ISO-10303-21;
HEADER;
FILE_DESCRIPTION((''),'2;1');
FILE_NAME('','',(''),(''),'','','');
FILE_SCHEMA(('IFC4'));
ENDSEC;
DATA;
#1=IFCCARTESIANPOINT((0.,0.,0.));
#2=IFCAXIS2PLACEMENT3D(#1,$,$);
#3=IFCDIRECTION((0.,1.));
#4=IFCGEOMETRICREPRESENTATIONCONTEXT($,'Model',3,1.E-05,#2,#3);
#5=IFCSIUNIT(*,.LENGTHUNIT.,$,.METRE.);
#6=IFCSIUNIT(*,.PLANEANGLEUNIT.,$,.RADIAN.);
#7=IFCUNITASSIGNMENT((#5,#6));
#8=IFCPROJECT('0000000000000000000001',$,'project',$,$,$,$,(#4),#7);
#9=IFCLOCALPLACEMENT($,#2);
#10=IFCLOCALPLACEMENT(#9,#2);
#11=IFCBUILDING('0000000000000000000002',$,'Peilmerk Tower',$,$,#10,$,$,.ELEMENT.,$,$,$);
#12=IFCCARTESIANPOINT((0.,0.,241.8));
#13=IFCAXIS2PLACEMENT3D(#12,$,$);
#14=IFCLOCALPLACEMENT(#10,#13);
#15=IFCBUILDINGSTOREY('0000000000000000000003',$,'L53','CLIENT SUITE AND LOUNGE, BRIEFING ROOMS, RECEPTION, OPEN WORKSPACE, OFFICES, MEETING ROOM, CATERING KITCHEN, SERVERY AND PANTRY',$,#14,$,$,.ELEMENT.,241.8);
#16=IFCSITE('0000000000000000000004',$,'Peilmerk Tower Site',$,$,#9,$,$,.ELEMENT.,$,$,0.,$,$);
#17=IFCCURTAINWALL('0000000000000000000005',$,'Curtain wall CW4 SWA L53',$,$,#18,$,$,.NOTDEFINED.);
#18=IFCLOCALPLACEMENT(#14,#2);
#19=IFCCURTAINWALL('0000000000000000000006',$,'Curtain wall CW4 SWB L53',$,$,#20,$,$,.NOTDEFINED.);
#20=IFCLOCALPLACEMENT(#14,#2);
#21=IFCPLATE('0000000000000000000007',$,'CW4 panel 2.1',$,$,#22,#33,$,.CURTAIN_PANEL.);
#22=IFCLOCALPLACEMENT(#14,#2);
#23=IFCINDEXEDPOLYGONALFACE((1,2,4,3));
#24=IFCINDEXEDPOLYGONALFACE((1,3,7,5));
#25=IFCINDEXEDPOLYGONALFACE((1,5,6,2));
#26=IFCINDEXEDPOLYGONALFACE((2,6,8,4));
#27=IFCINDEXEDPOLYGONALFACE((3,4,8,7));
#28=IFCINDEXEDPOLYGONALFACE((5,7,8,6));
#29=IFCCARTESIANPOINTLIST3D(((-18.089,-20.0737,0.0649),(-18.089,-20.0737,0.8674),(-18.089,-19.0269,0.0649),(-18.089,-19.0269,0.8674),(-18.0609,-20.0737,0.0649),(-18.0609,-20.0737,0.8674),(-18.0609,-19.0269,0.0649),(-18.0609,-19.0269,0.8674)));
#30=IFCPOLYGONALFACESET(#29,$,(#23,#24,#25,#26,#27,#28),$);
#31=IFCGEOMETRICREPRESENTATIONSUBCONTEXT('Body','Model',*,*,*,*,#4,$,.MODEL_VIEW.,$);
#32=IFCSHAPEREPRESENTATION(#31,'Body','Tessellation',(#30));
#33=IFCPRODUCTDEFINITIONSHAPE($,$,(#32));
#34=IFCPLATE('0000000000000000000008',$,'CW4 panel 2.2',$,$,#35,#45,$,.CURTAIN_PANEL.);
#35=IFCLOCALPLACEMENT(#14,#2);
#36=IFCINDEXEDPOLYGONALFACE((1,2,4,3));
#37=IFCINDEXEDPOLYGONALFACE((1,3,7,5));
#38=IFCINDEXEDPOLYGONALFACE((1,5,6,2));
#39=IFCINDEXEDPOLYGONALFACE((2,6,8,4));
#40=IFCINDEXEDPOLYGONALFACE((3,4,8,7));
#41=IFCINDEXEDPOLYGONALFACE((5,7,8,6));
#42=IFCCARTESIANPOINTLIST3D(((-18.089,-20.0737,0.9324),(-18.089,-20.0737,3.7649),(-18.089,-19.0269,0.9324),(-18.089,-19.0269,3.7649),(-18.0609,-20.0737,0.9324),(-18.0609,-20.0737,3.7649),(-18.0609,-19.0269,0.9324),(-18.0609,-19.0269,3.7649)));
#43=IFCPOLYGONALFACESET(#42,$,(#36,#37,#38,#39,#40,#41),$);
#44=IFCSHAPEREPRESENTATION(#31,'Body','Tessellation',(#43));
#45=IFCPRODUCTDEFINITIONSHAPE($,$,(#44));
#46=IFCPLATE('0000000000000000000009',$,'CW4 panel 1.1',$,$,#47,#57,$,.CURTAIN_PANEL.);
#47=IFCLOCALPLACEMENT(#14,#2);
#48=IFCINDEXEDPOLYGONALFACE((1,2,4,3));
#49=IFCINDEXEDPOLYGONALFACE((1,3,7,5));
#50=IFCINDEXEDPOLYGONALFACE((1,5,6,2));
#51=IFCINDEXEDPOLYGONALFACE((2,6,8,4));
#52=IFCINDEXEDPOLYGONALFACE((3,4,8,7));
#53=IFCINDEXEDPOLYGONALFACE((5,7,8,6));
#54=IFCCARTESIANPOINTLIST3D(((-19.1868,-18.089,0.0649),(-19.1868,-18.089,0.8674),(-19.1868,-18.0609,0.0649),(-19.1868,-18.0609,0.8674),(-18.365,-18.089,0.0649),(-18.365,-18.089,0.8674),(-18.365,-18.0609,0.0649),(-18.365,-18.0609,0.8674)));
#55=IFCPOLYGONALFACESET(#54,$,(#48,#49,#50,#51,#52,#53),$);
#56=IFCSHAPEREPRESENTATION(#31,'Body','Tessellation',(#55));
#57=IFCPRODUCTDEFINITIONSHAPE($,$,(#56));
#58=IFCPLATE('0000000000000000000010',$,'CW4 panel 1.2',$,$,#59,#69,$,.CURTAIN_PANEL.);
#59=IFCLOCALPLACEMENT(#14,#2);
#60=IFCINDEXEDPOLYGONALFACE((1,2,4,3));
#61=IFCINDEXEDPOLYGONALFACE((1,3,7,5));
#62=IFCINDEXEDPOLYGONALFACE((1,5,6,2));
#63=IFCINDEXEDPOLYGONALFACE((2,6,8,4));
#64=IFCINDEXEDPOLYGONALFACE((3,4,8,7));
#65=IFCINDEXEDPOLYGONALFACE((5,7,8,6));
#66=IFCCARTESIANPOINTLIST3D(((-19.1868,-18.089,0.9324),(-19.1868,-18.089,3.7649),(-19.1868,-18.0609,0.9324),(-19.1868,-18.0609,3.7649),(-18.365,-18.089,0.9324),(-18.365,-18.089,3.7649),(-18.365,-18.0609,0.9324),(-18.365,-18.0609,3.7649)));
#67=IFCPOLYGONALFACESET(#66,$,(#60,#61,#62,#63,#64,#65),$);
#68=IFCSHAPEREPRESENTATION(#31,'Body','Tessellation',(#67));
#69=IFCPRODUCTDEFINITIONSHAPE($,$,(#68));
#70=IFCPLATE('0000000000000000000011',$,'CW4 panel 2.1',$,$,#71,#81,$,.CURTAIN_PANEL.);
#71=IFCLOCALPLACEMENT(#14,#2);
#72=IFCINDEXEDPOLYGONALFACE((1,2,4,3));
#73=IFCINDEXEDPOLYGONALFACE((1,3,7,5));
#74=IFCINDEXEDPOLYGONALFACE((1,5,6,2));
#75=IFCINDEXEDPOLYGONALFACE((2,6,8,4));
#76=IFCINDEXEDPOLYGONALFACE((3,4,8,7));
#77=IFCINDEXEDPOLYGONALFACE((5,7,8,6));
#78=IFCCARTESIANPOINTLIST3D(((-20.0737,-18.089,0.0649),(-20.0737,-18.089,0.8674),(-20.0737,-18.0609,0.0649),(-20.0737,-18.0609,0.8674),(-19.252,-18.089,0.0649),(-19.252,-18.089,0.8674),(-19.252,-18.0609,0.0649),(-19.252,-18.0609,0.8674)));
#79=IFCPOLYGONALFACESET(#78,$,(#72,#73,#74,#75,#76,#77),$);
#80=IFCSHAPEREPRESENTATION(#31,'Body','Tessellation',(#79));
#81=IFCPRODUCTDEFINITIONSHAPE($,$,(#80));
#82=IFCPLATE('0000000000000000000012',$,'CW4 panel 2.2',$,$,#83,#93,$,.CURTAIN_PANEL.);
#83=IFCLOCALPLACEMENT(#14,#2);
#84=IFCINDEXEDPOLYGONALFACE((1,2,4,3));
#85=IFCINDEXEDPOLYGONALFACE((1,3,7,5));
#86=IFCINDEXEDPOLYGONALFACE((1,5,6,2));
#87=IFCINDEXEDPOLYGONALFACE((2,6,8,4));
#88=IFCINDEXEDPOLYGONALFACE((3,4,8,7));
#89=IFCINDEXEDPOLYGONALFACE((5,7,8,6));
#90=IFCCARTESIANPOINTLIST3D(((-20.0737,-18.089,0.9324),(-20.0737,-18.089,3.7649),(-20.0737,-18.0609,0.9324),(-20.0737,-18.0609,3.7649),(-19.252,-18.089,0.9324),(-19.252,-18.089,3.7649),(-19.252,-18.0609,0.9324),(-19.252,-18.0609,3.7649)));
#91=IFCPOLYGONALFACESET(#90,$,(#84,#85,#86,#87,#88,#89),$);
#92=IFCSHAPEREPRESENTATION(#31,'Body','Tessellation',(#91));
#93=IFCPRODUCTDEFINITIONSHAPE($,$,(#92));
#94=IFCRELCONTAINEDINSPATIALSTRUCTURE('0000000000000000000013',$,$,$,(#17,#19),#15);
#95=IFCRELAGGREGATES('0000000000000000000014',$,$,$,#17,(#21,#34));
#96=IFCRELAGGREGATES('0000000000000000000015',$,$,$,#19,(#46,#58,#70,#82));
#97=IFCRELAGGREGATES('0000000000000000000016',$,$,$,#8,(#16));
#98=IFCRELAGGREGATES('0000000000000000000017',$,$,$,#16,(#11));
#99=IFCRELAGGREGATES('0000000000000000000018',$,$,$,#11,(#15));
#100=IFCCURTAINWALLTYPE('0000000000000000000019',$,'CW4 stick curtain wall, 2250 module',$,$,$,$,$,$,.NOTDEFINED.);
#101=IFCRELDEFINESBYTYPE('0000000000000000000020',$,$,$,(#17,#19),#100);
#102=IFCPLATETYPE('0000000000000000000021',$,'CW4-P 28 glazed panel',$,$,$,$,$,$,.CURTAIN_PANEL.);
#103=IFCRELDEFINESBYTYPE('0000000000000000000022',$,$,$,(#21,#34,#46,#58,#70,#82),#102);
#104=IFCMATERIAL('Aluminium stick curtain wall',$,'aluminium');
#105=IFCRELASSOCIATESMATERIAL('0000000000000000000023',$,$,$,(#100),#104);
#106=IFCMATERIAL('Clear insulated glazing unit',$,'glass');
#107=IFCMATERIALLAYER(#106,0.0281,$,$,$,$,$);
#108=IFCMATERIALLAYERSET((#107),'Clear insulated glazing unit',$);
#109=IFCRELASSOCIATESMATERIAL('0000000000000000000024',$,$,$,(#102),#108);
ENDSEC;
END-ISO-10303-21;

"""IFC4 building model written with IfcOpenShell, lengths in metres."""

from ifc_helpers import new_model, si_unit, direction, frame, origin, origin_2d, place, context, subcontext, project, spatial, rectangle, extrude, material, layer, layer_set, type_object, element, aggregate, save


model = new_model("IFC4")

# Units and contexts
model_context = context("Model", 3, precision=1e-05, world=origin(), true_north=direction((0.0, 1.0)))
body_context = subcontext(model_context, "Body", "Model", "MODEL_VIEW")
ifc_project = project(units=[si_unit("LENGTHUNIT", "METRE"), si_unit("PLANEANGLEUNIT", "RADIAN")], contexts=[model_context])

# Site, building, storey
site_placement = place(None, origin())
site = spatial("IfcSite", under=ifc_project, at=site_placement, Name="Peilmerk Tower Site", CompositionType="ELEMENT", RefElevation=0.0)
building_placement = place(site_placement, origin())
building = spatial("IfcBuilding", under=site, at=building_placement, Name="Peilmerk Tower", CompositionType="ELEMENT")
storey_placement = place(building_placement, frame((0.0, 0.0, 241.8)))
storey = spatial("IfcBuildingStorey", under=building, at=storey_placement, Name="L53", Description="CLIENT SUITE AND LOUNGE, BRIEFING ROOMS, RECEPTION, OPEN WORKSPACE, OFFICES, MEETING ROOM, CATERING KITCHEN, SERVERY AND PANTRY", CompositionType="ELEMENT", Elevation=241.8)

# Curtain wall
ifc_material_1 = material(Name="Aluminium stick curtain wall", Category="aluminium")
curtain_wall_type = type_object("IfcCurtainWallType", Name="CW4 stick curtain wall, 2250 module", PredefinedType="NOTDEFINED", material=ifc_material_1)
curtain_wall_1_placement = place(storey_placement, origin())
curtain_wall_1 = element("IfcCurtainWall", 1, at=curtain_wall_1_placement, inside=storey, type_object=curtain_wall_type, Name="Curtain wall CW4 SWA L53", PredefinedType="NOTDEFINED")

# Curtain wall
curtain_wall_2_placement = place(storey_placement, origin())
curtain_wall_2 = element("IfcCurtainWall", 2, at=curtain_wall_2_placement, inside=storey, type_object=curtain_wall_type, Name="Curtain wall CW4 SWB L53", PredefinedType="NOTDEFINED")

# Plates
ifc_material_2 = material(Name="Clear insulated glazing unit", Category="glass")
ifc_layer_1 = layer(ifc_material_2, 0.0281)
ifc_layer_set_1 = layer_set([ifc_layer_1], Name="Clear insulated glazing unit")
plate_type = type_object("IfcPlateType", Name="CW4-P 28 glazed panel", PredefinedType="CURTAIN_PANEL", material=ifc_layer_set_1)
plate_1_placement = place(storey_placement, frame((-18.075, -19.5503, 0.0649), z_axis=(0.0, 0.0, 1.0), x_axis=(0.0, -1.0, 0.0)))
plate_1 = element("IfcPlate", 3, at=plate_1_placement, type_object=plate_type, Name="CW4 panel 2.1", PredefinedType="CURTAIN_PANEL", context=body_context, shape_type="SweptSolid", body=[
    extrude(rectangle(XDim=1.0469, YDim=0.0281, at=origin_2d()), origin(), (0.0, 0.0, 1.0), 0.8025),
])
plate_2_placement = place(storey_placement, frame((-18.075, -19.5503, 0.9324), z_axis=(0.0, 0.0, 1.0), x_axis=(0.0, -1.0, 0.0)))
plate_2 = element("IfcPlate", 4, at=plate_2_placement, type_object=plate_type, Name="CW4 panel 2.2", PredefinedType="CURTAIN_PANEL", context=body_context, shape_type="SweptSolid", body=[
    extrude(rectangle(XDim=1.0469, YDim=0.0281, at=origin_2d()), origin(), (0.0, 0.0, 1.0), 2.8325),
])
aggregate(curtain_wall_1, [plate_1, plate_2])
plate_3_placement = place(storey_placement, frame((-18.7759, -18.075, 0.0649), z_axis=(0.0, 0.0, 1.0), x_axis=(-1.0, 0.0, 0.0)))
plate_3 = element("IfcPlate", 5, at=plate_3_placement, type_object=plate_type, Name="CW4 panel 1.1", PredefinedType="CURTAIN_PANEL", context=body_context, shape_type="SweptSolid", body=[
    extrude(rectangle(XDim=0.8218, YDim=0.0281, at=origin_2d()), origin(), (0.0, 0.0, 1.0), 0.8025),
])
plate_4_placement = place(storey_placement, frame((-18.7759, -18.075, 0.9324), z_axis=(0.0, 0.0, 1.0), x_axis=(-1.0, 0.0, 0.0)))
plate_4 = element("IfcPlate", 6, at=plate_4_placement, type_object=plate_type, Name="CW4 panel 1.2", PredefinedType="CURTAIN_PANEL", context=body_context, shape_type="SweptSolid", body=[
    extrude(rectangle(XDim=0.8218, YDim=0.0281, at=origin_2d()), origin(), (0.0, 0.0, 1.0), 2.8325),
])
plate_5_placement = place(storey_placement, frame((-19.6628, -18.075, 0.0649), z_axis=(0.0, 0.0, 1.0), x_axis=(-1.0, 0.0, 0.0)))
plate_5 = element("IfcPlate", 7, at=plate_5_placement, type_object=plate_type, Name="CW4 panel 2.1", PredefinedType="CURTAIN_PANEL", context=body_context, shape_type="SweptSolid", body=[
    extrude(rectangle(XDim=0.8218, YDim=0.0281, at=origin_2d()), origin(), (0.0, 0.0, 1.0), 0.8025),
])
plate_6_placement = place(storey_placement, frame((-19.6628, -18.075, 0.9324), z_axis=(0.0, 0.0, 1.0), x_axis=(-1.0, 0.0, 0.0)))
plate_6 = element("IfcPlate", 8, at=plate_6_placement, type_object=plate_type, Name="CW4 panel 2.2", PredefinedType="CURTAIN_PANEL", context=body_context, shape_type="SweptSolid", body=[
    extrude(rectangle(XDim=0.8218, YDim=0.0281, at=origin_2d()), origin(), (0.0, 0.0, 1.0), 2.8325),
])
aggregate(curtain_wall_2, [plate_3, plate_4, plate_5, plate_6])

save(model, "model.ifc")
